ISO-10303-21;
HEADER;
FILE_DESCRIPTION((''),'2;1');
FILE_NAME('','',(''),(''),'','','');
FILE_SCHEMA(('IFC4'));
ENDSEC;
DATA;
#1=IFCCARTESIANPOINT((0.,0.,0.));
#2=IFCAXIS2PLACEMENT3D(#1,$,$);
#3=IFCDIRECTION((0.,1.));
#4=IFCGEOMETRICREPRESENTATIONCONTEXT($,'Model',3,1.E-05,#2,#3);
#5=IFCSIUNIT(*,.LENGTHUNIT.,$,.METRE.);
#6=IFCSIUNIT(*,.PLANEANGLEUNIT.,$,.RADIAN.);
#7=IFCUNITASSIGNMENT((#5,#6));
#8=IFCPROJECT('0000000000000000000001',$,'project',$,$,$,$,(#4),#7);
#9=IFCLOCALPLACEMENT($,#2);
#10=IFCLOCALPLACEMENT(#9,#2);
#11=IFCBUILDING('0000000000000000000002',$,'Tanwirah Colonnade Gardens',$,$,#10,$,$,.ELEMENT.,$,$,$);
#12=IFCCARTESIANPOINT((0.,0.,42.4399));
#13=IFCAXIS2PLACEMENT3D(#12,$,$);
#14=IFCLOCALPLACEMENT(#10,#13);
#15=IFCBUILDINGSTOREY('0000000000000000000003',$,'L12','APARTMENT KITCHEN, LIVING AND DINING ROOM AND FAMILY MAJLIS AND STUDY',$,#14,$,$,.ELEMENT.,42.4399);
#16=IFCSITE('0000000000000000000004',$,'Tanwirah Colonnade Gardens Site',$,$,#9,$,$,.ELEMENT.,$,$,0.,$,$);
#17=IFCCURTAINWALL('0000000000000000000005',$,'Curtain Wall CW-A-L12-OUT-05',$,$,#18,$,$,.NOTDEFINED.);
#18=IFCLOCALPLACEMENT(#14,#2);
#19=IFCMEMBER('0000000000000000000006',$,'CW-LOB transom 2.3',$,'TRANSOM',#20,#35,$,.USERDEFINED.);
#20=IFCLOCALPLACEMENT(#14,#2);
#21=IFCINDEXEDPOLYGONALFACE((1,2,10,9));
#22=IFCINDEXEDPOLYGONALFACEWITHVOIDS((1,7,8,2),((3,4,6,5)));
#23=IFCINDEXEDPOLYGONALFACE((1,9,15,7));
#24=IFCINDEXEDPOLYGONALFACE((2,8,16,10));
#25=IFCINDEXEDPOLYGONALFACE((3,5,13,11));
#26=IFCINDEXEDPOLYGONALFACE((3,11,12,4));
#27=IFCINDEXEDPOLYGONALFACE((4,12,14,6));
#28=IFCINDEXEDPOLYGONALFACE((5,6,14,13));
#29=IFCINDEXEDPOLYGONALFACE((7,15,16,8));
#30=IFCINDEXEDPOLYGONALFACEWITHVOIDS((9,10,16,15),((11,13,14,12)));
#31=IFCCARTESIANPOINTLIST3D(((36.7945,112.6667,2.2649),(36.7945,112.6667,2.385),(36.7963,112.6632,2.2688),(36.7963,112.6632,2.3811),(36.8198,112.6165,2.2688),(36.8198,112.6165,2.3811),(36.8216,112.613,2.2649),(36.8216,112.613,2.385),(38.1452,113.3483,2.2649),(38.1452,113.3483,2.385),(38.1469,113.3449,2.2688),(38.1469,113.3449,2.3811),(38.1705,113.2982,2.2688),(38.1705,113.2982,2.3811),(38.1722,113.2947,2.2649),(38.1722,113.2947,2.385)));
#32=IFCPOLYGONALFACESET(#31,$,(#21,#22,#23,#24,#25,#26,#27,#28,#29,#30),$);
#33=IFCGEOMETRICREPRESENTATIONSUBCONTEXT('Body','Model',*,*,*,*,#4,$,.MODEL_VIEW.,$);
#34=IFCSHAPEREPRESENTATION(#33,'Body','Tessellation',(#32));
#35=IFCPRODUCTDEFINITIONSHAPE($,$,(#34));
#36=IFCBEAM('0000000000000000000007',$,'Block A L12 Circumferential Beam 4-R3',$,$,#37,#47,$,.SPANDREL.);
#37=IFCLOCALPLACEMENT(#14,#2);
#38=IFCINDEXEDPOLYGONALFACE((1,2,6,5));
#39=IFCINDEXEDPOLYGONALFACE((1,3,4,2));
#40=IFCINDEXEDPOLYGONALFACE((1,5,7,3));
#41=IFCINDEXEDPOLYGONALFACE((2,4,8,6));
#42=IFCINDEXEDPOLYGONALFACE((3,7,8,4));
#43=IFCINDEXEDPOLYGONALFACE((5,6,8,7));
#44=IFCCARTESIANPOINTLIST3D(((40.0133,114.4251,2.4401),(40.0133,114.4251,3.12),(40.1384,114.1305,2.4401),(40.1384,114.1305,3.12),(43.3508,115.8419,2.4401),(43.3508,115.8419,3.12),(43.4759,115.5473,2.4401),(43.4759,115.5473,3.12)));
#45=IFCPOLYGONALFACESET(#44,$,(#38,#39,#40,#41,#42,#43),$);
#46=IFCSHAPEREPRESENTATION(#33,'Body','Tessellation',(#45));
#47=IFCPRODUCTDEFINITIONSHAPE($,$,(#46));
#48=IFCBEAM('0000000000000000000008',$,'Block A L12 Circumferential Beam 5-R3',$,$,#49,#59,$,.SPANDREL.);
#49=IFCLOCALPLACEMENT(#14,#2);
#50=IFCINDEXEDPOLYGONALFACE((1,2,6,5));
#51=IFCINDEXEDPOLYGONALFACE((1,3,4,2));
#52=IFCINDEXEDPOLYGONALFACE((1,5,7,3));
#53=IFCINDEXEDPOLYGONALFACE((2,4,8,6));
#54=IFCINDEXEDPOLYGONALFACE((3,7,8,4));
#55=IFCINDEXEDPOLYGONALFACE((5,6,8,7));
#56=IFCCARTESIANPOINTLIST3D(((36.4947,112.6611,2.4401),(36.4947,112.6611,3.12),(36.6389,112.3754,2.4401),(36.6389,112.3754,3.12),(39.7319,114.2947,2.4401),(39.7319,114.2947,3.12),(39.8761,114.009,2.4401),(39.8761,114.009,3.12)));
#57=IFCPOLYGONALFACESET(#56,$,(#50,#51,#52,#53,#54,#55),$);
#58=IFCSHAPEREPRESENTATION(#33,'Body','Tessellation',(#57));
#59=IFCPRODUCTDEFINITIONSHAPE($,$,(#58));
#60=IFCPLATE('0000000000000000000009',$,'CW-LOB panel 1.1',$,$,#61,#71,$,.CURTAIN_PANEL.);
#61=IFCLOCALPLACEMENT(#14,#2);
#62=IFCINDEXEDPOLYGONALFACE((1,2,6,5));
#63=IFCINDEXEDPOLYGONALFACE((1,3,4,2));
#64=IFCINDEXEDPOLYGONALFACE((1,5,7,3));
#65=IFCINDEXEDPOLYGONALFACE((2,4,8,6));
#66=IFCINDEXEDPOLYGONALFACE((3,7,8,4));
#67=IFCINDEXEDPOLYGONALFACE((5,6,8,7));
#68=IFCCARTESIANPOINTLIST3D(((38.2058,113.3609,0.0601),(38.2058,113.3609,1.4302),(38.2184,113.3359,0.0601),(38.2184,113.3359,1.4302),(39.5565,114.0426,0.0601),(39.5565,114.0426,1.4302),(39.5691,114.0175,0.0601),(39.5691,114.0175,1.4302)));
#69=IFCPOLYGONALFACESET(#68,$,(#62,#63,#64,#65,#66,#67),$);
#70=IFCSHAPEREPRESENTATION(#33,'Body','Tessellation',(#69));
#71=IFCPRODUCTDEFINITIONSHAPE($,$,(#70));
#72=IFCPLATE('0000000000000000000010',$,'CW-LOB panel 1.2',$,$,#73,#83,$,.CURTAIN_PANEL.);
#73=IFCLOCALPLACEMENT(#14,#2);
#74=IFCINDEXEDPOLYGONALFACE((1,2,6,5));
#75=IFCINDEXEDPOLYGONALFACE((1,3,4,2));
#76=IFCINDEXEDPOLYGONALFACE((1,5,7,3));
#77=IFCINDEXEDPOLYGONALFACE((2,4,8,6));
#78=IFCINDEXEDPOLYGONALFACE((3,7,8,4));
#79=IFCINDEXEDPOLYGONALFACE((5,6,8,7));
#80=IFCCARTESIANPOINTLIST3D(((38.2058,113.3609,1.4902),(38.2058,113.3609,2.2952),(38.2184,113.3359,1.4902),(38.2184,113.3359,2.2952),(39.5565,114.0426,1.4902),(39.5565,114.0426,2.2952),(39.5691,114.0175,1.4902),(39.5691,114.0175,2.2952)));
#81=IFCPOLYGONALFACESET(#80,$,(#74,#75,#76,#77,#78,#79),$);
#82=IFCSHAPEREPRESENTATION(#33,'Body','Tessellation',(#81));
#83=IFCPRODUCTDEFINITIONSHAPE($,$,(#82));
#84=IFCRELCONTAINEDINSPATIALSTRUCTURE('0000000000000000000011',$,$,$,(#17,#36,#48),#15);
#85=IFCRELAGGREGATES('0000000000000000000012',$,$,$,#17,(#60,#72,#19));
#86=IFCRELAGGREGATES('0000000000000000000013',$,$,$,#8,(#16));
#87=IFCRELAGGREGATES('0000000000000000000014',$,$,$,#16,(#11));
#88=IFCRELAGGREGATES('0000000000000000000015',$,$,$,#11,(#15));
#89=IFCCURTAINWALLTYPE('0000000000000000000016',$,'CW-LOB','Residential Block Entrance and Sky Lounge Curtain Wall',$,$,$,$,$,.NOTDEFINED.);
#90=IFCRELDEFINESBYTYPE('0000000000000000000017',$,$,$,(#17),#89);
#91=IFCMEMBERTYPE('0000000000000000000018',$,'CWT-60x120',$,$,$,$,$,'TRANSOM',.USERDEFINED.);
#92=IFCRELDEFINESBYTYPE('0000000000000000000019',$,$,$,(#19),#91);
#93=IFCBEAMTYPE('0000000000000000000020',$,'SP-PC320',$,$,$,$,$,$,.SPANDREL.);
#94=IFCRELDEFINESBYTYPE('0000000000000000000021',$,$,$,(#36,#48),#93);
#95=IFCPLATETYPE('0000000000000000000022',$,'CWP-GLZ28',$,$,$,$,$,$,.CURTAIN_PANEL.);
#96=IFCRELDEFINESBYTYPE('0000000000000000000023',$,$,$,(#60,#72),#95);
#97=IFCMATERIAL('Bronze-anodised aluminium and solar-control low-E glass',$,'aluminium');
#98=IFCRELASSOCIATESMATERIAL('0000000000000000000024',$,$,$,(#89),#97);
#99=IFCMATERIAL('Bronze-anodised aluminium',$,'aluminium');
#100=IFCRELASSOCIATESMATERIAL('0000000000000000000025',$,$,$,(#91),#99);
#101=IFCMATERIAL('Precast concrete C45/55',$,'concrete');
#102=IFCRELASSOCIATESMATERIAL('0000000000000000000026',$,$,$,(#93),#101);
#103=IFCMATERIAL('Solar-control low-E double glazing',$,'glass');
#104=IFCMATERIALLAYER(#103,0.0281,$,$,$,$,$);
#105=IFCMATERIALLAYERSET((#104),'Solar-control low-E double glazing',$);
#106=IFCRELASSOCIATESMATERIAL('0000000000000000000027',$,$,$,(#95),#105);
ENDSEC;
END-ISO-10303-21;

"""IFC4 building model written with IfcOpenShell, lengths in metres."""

from ifc_helpers import new_model, si_unit, direction, frame, origin, origin_2d, place, context, subcontext, project, spatial, rectangle, hollow_rectangle, extrude, material, layer, layer_set, material_profile, profile_set, type_object, element, aggregate, save


model = new_model("IFC4")

# Units and contexts
model_context = context("Model", 3, precision=1e-05, world=origin(), true_north=direction((0.0, 1.0)))
body_context = subcontext(model_context, "Body", "Model", "MODEL_VIEW")
ifc_project = project(units=[si_unit("LENGTHUNIT", "METRE"), si_unit("PLANEANGLEUNIT", "RADIAN")], contexts=[model_context])

# Site, building, storey
site_placement = place(None, origin())
site = spatial("IfcSite", under=ifc_project, at=site_placement, Name="Tanwirah Colonnade Gardens Site", CompositionType="ELEMENT", RefElevation=0.0)
building_placement = place(site_placement, origin())
building = spatial("IfcBuilding", under=site, at=building_placement, Name="Tanwirah Colonnade Gardens", CompositionType="ELEMENT")
storey_placement = place(building_placement, frame((0.0, 0.0, 42.4399)))
storey = spatial("IfcBuildingStorey", under=building, at=storey_placement, Name="L12", Description="APARTMENT KITCHEN, LIVING AND DINING ROOM AND FAMILY MAJLIS AND STUDY", CompositionType="ELEMENT", Elevation=42.4399)

# Shared definitions
ifc_material_1 = material(Name="Precast concrete C45/55", Category="concrete")

# Curtain wall, member
ifc_material_2 = material(Name="Bronze-anodised aluminium and solar-control low-E glass", Category="aluminium")
curtain_wall_type = type_object("IfcCurtainWallType", Name="CW-LOB", Description="Residential Block Entrance and Sky Lounge Curtain Wall", PredefinedType="NOTDEFINED", material=ifc_material_2)
curtain_wall_placement = place(storey_placement, origin())
curtain_wall = element("IfcCurtainWall", 1, at=curtain_wall_placement, inside=storey, type_object=curtain_wall_type, Name="Curtain Wall CW-A-L12-OUT-05", PredefinedType="NOTDEFINED")
ifc_material_3 = material(Name="Bronze-anodised aluminium", Category="aluminium")
ifc_material_profile_1 = material_profile(ifc_material_3, hollow_rectangle(XDim=0.0601, YDim=0.1201, WallThickness=0.0039, at=origin_2d()), Name="CW-TRN 60x120x4")
ifc_profile_set_1 = profile_set([ifc_material_profile_1], Name="Bronze-anodised aluminium")
member_type_1 = type_object("IfcMemberType", Name="CWT-60x120", ElementType="TRANSOM", PredefinedType="USERDEFINED", material=ifc_profile_set_1)
member_1_placement = place(storey_placement, frame((38.1587, 113.3215, 2.325), z_axis=(-0.892743, -0.450567, 0.0), x_axis=(0.450567, -0.892743, 0.0)))
member_1 = element("IfcMember", 2, at=member_1_placement, type_object=member_type_1, Name="CW-LOB transom 2.3", ObjectType="TRANSOM", PredefinedType="USERDEFINED", context=body_context, shape_type="SweptSolid", body=[
    extrude(hollow_rectangle(XDim=0.0601, YDim=0.1201, WallThickness=0.0039, at=origin_2d()), origin(), (0.0, 0.0, 1.0), 1.5129),
])

# Beams
ifc_material_profile_2 = material_profile(ifc_material_1, rectangle(XDim=0.3201, YDim=0.6799, at=origin_2d()), Name="PC-SP 320x680")
ifc_profile_set_2 = profile_set([ifc_material_profile_2], Name="Precast concrete C45/55")
beam_type_1 = type_object("IfcBeamType", Name="SP-PC320", PredefinedType="SPANDREL", material=ifc_profile_set_2)
beam_1_placement = place(storey_placement, frame((43.4133, 115.6946, 2.78), z_axis=(-0.920494, -0.390756, 0.0), x_axis=(0.390756, -0.920494, 0.0)))
element("IfcBeam", 3, at=beam_1_placement, inside=storey, type_object=beam_type_1, Name="Block A L12 Circumferential Beam 4-R3", PredefinedType="SPANDREL", context=body_context, shape_type="SweptSolid", body=[
    extrude(rectangle(XDim=0.3201, YDim=0.6799, at=origin_2d()), origin(), (0.0, 0.0, 1.0), 3.6257),
])
beam_2_placement = place(storey_placement, frame((39.804, 114.1519, 2.78), z_axis=(-0.892765, -0.450523, 0.0), x_axis=(0.450523, -0.892765, 0.0)))
element("IfcBeam", 4, at=beam_2_placement, inside=storey, type_object=beam_type_1, Name="Block A L12 Circumferential Beam 5-R3", PredefinedType="SPANDREL", context=body_context, shape_type="SweptSolid", body=[
    extrude(rectangle(XDim=0.3201, YDim=0.6799, at=origin_2d()), origin(), (0.0, 0.0, 1.0), 3.626),
])

# Plates
ifc_material_4 = material(Name="Solar-control low-E double glazing", Category="glass")
ifc_layer_1 = layer(ifc_material_4, 0.0281)
ifc_layer_set_1 = layer_set([ifc_layer_1], Name="Solar-control low-E double glazing")
plate_type = type_object("IfcPlateType", Name="CWP-GLZ28", PredefinedType="CURTAIN_PANEL", material=ifc_layer_set_1)
plate_1_placement = place(storey_placement, frame((38.8875, 113.6892, 0.0601), z_axis=(0.0, 0.0, 1.0), x_axis=(-0.89276, -0.450532, 0.0)))
plate_1 = element("IfcPlate", 5, at=plate_1_placement, type_object=plate_type, Name="CW-LOB panel 1.1", PredefinedType="CURTAIN_PANEL", context=body_context, shape_type="SweptSolid", body=[
    extrude(rectangle(XDim=1.5129, YDim=0.0281, at=origin_2d()), origin(), (0.0, 0.0, 1.0), 1.3701),
])
plate_2_placement = place(storey_placement, frame((38.8875, 113.6892, 1.4902), z_axis=(0.0, 0.0, 1.0), x_axis=(-0.89276, -0.450532, 0.0)))
plate_2 = element("IfcPlate", 6, at=plate_2_placement, type_object=plate_type, Name="CW-LOB panel 1.2", PredefinedType="CURTAIN_PANEL", context=body_context, shape_type="SweptSolid", body=[
    extrude(rectangle(XDim=1.5129, YDim=0.0281, at=origin_2d()), origin(), (0.0, 0.0, 1.0), 0.8049),
])
aggregate(curtain_wall, [plate_1, plate_2, member_1])

save(model, "model.ifc")
